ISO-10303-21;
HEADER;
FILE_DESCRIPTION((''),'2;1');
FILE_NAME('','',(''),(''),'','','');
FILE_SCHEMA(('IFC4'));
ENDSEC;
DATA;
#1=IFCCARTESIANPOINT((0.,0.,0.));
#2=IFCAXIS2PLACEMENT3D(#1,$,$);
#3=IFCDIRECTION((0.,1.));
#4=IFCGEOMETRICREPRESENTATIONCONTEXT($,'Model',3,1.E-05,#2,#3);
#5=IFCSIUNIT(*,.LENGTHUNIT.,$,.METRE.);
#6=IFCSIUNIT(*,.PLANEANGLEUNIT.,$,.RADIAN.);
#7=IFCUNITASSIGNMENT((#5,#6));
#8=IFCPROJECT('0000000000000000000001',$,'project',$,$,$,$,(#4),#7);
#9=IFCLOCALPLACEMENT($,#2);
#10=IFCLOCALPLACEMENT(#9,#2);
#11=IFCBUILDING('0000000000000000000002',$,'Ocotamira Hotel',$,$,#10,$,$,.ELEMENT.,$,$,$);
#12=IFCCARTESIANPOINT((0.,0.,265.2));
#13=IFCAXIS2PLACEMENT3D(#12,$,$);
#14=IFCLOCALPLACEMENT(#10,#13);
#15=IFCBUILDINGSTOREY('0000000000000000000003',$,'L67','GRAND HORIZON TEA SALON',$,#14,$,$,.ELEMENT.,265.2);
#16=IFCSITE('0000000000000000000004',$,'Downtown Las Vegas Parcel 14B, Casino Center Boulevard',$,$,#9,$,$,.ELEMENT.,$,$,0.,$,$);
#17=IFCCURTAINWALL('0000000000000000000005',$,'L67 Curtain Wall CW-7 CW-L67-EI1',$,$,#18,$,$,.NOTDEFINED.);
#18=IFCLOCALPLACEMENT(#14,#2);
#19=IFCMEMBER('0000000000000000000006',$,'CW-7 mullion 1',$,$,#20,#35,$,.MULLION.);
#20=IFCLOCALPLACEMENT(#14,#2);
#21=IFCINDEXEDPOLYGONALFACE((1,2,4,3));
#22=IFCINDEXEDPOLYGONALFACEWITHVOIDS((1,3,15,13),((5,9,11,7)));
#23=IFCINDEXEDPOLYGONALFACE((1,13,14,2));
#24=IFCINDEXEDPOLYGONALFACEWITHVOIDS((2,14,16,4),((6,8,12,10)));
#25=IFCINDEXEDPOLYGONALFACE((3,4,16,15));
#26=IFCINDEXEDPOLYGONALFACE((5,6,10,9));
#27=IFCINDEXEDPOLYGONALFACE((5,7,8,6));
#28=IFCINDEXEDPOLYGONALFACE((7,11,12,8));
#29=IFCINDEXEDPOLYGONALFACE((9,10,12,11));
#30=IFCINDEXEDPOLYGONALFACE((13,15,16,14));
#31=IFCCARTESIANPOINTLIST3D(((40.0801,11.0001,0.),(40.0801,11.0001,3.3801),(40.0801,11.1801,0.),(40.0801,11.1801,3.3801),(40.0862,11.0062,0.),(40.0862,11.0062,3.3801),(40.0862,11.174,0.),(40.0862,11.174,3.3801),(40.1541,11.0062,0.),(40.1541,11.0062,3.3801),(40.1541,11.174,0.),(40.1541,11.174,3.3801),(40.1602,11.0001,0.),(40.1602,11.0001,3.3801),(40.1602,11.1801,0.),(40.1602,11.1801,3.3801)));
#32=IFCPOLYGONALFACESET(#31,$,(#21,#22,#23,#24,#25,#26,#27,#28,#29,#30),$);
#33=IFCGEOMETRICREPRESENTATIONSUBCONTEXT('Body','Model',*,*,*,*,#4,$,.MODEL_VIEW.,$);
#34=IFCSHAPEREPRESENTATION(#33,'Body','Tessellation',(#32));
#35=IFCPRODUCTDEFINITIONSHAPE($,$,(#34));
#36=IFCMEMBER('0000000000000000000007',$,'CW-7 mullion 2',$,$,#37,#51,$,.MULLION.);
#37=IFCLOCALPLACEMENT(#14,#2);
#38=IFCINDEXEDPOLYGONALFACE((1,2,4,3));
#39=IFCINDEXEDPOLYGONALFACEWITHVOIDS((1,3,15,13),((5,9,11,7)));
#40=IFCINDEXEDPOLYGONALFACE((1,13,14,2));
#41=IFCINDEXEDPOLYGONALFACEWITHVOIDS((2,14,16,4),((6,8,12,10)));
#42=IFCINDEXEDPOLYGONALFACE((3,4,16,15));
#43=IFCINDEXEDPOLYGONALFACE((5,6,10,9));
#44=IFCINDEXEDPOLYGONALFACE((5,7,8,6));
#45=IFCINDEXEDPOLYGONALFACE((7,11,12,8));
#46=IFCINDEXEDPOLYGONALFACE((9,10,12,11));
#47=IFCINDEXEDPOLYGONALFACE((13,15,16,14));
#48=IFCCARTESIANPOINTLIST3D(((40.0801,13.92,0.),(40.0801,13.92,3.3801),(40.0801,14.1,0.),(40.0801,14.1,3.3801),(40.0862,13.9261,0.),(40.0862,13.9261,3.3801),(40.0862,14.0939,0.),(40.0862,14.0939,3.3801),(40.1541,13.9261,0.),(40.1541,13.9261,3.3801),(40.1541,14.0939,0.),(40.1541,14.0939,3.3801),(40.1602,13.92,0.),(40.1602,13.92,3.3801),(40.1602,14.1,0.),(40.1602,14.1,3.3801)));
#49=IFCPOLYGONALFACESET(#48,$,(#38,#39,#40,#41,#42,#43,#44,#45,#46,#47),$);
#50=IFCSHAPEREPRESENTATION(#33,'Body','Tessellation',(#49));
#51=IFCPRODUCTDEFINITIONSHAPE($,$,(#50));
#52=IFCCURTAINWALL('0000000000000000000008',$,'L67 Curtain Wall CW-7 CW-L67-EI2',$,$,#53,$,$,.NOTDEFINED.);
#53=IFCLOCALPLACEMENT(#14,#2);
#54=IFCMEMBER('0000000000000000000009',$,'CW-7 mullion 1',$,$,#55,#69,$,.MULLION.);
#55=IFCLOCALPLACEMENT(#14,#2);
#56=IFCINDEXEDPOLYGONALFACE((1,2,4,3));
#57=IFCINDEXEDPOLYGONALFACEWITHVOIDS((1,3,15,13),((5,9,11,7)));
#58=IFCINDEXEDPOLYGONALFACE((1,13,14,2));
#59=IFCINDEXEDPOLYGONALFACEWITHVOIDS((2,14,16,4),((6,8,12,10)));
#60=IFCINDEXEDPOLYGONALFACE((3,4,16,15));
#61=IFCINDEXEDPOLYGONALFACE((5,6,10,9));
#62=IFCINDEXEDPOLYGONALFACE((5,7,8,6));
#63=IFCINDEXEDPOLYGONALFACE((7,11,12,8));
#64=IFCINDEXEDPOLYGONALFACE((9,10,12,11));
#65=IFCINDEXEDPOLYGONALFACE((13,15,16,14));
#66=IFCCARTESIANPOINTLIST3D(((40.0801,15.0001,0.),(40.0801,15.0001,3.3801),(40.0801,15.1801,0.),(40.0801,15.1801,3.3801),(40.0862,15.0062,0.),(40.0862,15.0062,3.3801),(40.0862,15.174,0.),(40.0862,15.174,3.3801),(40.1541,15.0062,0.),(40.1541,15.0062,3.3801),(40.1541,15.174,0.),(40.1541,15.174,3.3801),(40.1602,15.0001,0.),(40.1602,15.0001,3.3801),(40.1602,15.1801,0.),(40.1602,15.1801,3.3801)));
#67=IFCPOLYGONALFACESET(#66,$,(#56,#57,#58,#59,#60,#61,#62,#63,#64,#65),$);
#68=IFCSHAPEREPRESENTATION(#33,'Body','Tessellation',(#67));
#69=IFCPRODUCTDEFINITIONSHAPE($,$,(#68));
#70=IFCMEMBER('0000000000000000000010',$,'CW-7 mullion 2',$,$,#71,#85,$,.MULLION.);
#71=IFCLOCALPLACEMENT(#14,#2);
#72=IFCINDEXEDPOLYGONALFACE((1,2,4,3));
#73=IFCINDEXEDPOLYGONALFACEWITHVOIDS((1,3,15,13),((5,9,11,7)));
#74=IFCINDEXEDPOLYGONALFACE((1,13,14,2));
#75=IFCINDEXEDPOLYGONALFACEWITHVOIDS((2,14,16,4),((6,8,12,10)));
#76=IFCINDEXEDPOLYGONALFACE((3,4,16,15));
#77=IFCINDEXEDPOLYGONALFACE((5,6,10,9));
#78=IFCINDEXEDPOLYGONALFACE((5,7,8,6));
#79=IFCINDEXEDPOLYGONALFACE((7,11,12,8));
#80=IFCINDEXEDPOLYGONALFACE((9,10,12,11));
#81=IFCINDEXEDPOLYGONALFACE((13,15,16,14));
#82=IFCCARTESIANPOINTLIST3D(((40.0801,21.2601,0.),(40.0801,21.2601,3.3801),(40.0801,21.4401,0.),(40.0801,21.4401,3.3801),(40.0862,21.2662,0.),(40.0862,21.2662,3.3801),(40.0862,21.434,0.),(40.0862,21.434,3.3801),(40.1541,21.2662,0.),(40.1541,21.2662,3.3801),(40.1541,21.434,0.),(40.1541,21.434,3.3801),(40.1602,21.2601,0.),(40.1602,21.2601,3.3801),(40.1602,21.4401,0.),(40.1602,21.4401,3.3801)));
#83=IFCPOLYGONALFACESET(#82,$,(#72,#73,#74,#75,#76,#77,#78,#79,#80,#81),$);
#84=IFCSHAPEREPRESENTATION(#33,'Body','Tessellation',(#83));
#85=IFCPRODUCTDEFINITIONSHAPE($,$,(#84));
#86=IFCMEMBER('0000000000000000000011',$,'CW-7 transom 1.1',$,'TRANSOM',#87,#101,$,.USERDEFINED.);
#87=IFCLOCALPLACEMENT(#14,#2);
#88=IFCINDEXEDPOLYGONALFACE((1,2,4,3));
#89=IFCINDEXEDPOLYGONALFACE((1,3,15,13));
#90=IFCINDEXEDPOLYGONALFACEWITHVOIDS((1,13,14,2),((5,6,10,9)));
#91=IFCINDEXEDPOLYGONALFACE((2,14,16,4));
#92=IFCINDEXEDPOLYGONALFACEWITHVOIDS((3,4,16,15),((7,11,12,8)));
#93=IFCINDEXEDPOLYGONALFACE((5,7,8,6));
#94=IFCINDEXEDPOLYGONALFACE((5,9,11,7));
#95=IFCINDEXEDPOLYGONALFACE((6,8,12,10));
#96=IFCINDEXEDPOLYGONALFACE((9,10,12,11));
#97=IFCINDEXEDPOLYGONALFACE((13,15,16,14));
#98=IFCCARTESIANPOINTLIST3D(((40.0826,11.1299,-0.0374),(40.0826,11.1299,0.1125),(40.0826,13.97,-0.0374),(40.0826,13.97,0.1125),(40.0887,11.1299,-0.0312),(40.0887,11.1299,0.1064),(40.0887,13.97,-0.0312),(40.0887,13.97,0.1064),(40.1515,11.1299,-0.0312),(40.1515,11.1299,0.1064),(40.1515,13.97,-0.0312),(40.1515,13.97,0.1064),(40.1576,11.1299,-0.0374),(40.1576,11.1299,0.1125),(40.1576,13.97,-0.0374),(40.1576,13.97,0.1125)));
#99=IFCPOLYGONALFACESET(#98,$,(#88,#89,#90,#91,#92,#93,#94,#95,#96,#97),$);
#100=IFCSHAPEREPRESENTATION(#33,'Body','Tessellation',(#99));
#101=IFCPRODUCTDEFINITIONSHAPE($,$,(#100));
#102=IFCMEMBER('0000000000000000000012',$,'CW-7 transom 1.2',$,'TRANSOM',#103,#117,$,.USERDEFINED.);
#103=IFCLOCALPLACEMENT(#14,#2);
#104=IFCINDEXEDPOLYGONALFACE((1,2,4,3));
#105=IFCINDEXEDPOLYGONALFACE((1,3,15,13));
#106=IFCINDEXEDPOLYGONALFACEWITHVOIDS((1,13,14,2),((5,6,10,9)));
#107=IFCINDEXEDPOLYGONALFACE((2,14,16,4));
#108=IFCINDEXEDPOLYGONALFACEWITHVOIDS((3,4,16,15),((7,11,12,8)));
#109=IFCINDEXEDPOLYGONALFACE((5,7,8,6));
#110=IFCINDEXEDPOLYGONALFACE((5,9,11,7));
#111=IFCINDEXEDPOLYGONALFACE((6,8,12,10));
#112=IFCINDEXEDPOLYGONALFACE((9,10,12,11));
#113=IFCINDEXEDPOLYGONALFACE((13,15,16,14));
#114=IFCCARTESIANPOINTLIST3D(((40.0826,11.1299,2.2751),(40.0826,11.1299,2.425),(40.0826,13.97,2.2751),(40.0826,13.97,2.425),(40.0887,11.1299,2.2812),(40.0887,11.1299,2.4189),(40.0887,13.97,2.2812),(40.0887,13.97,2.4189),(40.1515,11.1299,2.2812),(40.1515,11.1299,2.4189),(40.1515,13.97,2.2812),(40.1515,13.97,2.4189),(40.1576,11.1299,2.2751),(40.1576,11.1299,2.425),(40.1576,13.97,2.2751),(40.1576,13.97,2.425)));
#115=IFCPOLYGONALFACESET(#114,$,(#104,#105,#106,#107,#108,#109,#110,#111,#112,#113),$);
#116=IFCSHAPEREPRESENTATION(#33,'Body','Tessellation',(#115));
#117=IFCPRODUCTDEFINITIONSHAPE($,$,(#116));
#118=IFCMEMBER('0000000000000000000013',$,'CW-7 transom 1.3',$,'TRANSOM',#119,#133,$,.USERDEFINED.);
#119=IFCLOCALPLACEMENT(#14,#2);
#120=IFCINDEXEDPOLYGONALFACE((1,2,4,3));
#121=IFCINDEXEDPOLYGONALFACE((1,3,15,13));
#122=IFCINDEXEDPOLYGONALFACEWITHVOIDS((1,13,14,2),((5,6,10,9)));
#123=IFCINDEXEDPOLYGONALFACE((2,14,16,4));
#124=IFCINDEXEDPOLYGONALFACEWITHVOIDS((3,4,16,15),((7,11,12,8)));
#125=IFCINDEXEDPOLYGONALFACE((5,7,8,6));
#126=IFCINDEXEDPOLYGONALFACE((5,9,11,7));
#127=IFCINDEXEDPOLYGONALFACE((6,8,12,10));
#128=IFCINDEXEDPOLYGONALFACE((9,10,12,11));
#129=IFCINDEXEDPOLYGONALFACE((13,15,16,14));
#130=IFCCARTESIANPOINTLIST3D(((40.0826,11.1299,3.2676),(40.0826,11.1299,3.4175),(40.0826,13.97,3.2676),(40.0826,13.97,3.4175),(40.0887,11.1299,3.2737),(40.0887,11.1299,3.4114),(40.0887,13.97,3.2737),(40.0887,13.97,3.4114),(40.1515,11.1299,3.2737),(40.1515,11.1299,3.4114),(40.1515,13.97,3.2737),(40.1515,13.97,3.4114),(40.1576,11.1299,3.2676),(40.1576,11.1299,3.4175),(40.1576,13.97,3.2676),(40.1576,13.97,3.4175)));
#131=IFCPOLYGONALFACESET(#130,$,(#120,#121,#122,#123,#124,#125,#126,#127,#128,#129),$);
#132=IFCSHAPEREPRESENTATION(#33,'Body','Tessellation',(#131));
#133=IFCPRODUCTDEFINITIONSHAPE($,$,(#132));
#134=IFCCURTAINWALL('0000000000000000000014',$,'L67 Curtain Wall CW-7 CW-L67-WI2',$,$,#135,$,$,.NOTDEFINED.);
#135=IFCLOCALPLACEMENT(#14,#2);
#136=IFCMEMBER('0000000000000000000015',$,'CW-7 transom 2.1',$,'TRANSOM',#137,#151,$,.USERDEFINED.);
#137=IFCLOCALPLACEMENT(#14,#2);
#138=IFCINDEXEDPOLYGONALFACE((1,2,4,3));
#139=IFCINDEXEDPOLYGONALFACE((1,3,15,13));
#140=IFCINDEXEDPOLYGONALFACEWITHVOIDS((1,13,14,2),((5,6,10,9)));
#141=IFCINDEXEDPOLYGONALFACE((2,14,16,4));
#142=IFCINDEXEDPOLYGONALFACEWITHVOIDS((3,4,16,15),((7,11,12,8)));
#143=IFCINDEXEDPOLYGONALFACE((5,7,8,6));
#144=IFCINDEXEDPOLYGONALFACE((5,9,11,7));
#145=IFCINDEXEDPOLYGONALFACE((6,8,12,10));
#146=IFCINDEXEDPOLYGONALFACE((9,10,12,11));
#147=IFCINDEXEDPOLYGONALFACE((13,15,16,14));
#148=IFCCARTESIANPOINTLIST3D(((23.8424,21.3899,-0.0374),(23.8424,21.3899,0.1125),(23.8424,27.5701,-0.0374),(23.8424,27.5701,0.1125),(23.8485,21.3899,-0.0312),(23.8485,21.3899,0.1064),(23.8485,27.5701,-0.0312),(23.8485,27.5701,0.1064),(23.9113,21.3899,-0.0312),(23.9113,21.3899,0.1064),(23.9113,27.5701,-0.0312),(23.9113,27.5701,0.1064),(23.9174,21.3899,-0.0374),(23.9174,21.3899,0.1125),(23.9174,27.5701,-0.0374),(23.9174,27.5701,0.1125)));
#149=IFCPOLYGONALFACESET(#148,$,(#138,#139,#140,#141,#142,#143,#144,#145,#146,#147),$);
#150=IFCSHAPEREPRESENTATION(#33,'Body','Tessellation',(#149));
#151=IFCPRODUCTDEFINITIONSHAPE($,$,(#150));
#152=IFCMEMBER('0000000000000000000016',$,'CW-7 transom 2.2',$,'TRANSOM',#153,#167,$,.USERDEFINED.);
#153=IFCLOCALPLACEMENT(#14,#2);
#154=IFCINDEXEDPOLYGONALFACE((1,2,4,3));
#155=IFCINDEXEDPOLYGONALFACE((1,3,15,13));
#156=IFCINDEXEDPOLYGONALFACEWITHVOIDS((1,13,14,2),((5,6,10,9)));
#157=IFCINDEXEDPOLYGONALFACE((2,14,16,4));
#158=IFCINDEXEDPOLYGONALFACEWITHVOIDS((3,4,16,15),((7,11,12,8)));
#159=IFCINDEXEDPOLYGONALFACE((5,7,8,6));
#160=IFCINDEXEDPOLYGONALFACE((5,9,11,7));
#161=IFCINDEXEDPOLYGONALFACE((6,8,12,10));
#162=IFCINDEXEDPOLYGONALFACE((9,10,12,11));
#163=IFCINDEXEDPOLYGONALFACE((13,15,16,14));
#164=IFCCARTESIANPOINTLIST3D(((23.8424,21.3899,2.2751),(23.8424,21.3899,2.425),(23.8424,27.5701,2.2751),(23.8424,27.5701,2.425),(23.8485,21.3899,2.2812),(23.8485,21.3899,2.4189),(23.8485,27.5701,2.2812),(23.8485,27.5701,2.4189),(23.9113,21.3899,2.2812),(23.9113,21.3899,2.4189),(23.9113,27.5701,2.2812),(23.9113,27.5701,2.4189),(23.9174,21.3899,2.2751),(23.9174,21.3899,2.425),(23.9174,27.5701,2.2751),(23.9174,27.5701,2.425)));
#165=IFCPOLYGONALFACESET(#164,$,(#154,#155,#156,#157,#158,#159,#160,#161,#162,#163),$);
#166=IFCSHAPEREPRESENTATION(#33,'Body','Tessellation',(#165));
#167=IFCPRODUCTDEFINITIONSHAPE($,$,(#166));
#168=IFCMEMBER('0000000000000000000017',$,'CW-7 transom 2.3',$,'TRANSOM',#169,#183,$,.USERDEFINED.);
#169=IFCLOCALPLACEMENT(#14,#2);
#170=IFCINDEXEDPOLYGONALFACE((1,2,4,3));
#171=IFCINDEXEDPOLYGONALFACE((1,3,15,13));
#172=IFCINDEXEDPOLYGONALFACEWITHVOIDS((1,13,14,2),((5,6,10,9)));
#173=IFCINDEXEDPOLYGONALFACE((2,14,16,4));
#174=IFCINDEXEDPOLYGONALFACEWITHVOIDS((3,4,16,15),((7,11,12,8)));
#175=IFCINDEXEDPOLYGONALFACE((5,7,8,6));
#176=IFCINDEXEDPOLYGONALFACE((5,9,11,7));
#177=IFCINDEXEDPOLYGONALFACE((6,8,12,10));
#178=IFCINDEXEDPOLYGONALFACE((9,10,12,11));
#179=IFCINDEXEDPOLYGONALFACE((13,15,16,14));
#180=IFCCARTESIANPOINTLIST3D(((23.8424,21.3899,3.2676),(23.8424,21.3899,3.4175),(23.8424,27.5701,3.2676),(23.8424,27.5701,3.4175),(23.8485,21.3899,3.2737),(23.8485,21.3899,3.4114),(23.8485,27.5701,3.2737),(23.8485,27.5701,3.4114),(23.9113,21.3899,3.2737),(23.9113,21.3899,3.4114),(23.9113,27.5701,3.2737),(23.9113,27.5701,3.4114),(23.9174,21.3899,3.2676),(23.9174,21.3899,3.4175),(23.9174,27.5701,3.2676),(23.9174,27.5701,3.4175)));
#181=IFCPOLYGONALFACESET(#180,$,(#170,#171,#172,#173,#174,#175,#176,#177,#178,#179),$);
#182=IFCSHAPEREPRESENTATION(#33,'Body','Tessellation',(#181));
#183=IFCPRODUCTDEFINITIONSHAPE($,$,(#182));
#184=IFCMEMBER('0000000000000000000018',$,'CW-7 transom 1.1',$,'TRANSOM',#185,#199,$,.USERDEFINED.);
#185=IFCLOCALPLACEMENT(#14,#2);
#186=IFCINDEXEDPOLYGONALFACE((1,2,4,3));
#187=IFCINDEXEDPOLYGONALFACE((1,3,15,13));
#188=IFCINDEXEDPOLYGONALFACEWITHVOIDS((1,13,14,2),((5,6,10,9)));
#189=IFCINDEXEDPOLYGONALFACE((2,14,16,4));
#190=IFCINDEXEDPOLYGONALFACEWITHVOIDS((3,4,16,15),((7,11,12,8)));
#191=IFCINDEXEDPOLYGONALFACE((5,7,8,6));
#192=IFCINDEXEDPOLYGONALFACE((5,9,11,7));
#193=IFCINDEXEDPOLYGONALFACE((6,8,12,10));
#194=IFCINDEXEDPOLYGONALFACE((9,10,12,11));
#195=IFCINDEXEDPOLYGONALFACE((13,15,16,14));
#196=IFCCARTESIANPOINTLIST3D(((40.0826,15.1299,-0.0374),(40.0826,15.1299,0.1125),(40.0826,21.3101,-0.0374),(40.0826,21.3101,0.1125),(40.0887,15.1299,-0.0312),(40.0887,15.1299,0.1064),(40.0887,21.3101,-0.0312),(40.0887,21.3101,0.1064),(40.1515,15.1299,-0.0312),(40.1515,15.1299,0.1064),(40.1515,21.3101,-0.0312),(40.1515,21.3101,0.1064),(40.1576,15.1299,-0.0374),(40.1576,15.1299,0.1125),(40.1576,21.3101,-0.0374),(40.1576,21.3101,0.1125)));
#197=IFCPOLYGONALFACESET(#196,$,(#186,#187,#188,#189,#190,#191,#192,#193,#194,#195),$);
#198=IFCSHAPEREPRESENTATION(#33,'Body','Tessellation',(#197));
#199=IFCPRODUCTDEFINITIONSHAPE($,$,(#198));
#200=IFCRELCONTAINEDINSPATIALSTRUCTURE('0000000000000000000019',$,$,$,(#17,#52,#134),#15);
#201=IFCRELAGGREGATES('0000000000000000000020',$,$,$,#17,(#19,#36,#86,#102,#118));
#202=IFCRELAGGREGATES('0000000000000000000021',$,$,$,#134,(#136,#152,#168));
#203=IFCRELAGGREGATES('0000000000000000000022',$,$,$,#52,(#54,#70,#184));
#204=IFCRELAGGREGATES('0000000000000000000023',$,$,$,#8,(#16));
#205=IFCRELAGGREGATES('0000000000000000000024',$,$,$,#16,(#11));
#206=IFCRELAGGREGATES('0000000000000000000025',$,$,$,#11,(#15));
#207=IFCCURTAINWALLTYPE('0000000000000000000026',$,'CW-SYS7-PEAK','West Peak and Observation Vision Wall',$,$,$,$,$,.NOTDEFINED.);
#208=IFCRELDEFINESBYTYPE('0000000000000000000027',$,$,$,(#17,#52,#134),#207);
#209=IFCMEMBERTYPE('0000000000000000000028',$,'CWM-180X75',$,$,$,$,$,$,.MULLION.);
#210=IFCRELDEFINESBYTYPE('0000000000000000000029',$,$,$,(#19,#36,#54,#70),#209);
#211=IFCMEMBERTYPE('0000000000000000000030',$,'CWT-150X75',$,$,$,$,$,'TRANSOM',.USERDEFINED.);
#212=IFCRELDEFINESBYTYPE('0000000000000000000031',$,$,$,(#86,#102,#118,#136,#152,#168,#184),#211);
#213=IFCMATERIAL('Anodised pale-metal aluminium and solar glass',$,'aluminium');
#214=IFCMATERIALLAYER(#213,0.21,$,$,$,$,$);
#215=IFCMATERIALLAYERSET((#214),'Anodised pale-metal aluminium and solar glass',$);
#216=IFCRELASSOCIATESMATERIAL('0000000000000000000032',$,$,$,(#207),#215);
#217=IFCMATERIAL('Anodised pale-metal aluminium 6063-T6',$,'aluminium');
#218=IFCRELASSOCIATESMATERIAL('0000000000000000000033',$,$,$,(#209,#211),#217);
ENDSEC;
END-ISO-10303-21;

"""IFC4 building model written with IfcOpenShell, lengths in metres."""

from ifc_helpers import new_model, si_unit, direction, frame, origin, origin_2d, place, context, subcontext, project, spatial, hollow_rectangle, extrude, source, transform, mapped, material, layer, layer_set, material_profile, profile_set, type_object, element, aggregate, save


model = new_model("IFC4")

# Units and contexts
model_context = context("Model", 3, precision=1e-05, world=origin(), true_north=direction((0.0, 1.0)))
body_context = subcontext(model_context, "Body", "Model", "MODEL_VIEW")
ifc_project = project(units=[si_unit("LENGTHUNIT", "METRE"), si_unit("PLANEANGLEUNIT", "RADIAN")], contexts=[model_context])

# Site, building, storey
site_placement = place(None, origin())
site = spatial("IfcSite", under=ifc_project, at=site_placement, Name="Downtown Las Vegas Parcel 14B, Casino Center Boulevard", CompositionType="ELEMENT", RefElevation=0.0)
building_placement = place(site_placement, origin())
building = spatial("IfcBuilding", under=site, at=building_placement, Name="Ocotamira Hotel", CompositionType="ELEMENT")
storey_placement = place(building_placement, frame((0.0, 0.0, 265.2)))
storey = spatial("IfcBuildingStorey", under=building, at=storey_placement, Name="L67", Description="GRAND HORIZON TEA SALON", CompositionType="ELEMENT", Elevation=265.2)

# Curtain walls, members
ifc_material_1 = material(Name="Anodised pale-metal aluminium and solar glass", Category="aluminium")
ifc_layer_1 = layer(ifc_material_1, 0.21)
ifc_layer_set_1 = layer_set([ifc_layer_1], Name="Anodised pale-metal aluminium and solar glass")
curtain_wall_type = type_object("IfcCurtainWallType", Name="CW-SYS7-PEAK", Description="West Peak and Observation Vision Wall", PredefinedType="NOTDEFINED", material=ifc_layer_set_1)
curtain_wall_1_placement = place(storey_placement, origin())
curtain_wall_1 = element("IfcCurtainWall", 1, at=curtain_wall_1_placement, inside=storey, type_object=curtain_wall_type, Name="L67 Curtain Wall CW-7 CW-L67-EI1", PredefinedType="NOTDEFINED")
ifc_material_2 = material(Name="Anodised pale-metal aluminium 6063-T6", Category="aluminium")
ifc_material_profile_1 = material_profile(ifc_material_2, hollow_rectangle(XDim=0.0801, YDim=0.1799, WallThickness=0.0061, at=origin_2d()), Name="HSS180X80X6")
ifc_profile_set_1 = profile_set([ifc_material_profile_1], Name="Anodised pale-metal aluminium 6063-T6")
member_type_1 = type_object("IfcMemberType", Name="CWM-180X75", PredefinedType="MULLION", material=ifc_profile_set_1)
shared_shape_1 = source(origin(), body_context, "Body", "SweptSolid", [
    extrude(hollow_rectangle(XDim=0.0801, YDim=0.1799, WallThickness=0.0061, at=origin_2d()), origin(), (0.0, 0.0, 1.0), 3.3801),
])
member_1_placement = place(storey_placement, frame((40.1201, 11.0901, 0.0), z_axis=(0.0, 0.0, 1.0), x_axis=(-1.0, 0.0, 0.0)))
member_1 = element("IfcMember", 2, at=member_1_placement, type_object=member_type_1, Name="CW-7 mullion 1", PredefinedType="MULLION", context=body_context, shape_type="MappedRepresentation", body=[
    mapped(shared_shape_1, transform((0.0, 0.0, 0.0), scale=1.0)),
])
member_2_placement = place(storey_placement, frame((40.1201, 14.01, 0.0), z_axis=(0.0, 0.0, 1.0), x_axis=(-1.0, 0.0, 0.0)))
member_2 = element("IfcMember", 3, at=member_2_placement, type_object=member_type_1, Name="CW-7 mullion 2", PredefinedType="MULLION", context=body_context, shape_type="MappedRepresentation", body=[
    mapped(shared_shape_1, transform((0.0, 0.0, 0.0), scale=1.0)),
])
curtain_wall_2_placement = place(storey_placement, origin())
curtain_wall_2 = element("IfcCurtainWall", 4, at=curtain_wall_2_placement, inside=storey, type_object=curtain_wall_type, Name="L67 Curtain Wall CW-7 CW-L67-EI2", PredefinedType="NOTDEFINED")
member_3_placement = place(storey_placement, frame((40.1201, 15.0901, 0.0), z_axis=(0.0, 0.0, 1.0), x_axis=(-1.0, 0.0, 0.0)))
member_3 = element("IfcMember", 5, at=member_3_placement, type_object=member_type_1, Name="CW-7 mullion 1", PredefinedType="MULLION", context=body_context, shape_type="MappedRepresentation", body=[
    mapped(shared_shape_1, transform((0.0, 0.0, 0.0), scale=1.0)),
])
member_4_placement = place(storey_placement, frame((40.1201, 21.3501, 0.0), z_axis=(0.0, 0.0, 1.0), x_axis=(-1.0, 0.0, 0.0)))
member_4 = element("IfcMember", 6, at=member_4_placement, type_object=member_type_1, Name="CW-7 mullion 2", PredefinedType="MULLION", context=body_context, shape_type="MappedRepresentation", body=[
    mapped(shared_shape_1, transform((0.0, 0.0, 0.0), scale=1.0)),
])

# Members
ifc_material_profile_2 = material_profile(ifc_material_2, hollow_rectangle(XDim=0.075, YDim=0.1499, WallThickness=0.0061, at=origin_2d()), Name="HSS150X75X6")
ifc_profile_set_2 = profile_set([ifc_material_profile_2], Name="Anodised pale-metal aluminium 6063-T6")
member_type_2 = type_object("IfcMemberType", Name="CWT-150X75", ElementType="TRANSOM", PredefinedType="USERDEFINED", material=ifc_profile_set_2)
shared_shape_2 = source(origin(), body_context, "Body", "SweptSolid", [
    extrude(hollow_rectangle(XDim=0.075, YDim=0.1499, WallThickness=0.0061, at=origin_2d()), origin(), (0.0, 0.0, 1.0), 2.8401),
])
member_5_placement = place(storey_placement, frame((40.1201, 11.1299, 0.0376), z_axis=(0.0, 1.0, 0.0), x_axis=(-1.0, 0.0, 0.0)))
member_5 = element("IfcMember", 7, at=member_5_placement, type_object=member_type_2, Name="CW-7 transom 1.1", ObjectType="TRANSOM", PredefinedType="USERDEFINED", context=body_context, shape_type="MappedRepresentation", body=[
    mapped(shared_shape_2, transform((0.0, 0.0, 0.0), scale=1.0)),
])
member_6_placement = place(storey_placement, frame((40.1201, 11.1299, 2.3501), z_axis=(0.0, 1.0, 0.0), x_axis=(-1.0, 0.0, 0.0)))
member_6 = element("IfcMember", 8, at=member_6_placement, type_object=member_type_2, Name="CW-7 transom 1.2", ObjectType="TRANSOM", PredefinedType="USERDEFINED", context=body_context, shape_type="MappedRepresentation", body=[
    mapped(shared_shape_2, transform((0.0, 0.0, 0.0), scale=1.0)),
])
member_7_placement = place(storey_placement, frame((40.1201, 11.1299, 3.3425), z_axis=(0.0, 1.0, 0.0), x_axis=(-1.0, 0.0, 0.0)))
member_7 = element("IfcMember", 9, at=member_7_placement, type_object=member_type_2, Name="CW-7 transom 1.3", ObjectType="TRANSOM", PredefinedType="USERDEFINED", context=body_context, shape_type="MappedRepresentation", body=[
    mapped(shared_shape_2, transform((0.0, 0.0, 0.0), scale=1.0)),
])

# Curtain wall, members
curtain_wall_3_placement = place(storey_placement, origin())
curtain_wall_3 = element("IfcCurtainWall", 10, at=curtain_wall_3_placement, inside=storey, type_object=curtain_wall_type, Name="L67 Curtain Wall CW-7 CW-L67-WI2", PredefinedType="NOTDEFINED")
shared_shape_3 = source(origin(), body_context, "Body", "SweptSolid", [
    extrude(hollow_rectangle(XDim=0.075, YDim=0.1499, WallThickness=0.0061, at=origin_2d()), origin(), (0.0, 0.0, 1.0), 6.1802),
])
member_8_placement = place(storey_placement, frame((23.8799, 21.3899, 0.0376), z_axis=(0.0, 1.0, 0.0), x_axis=(-1.0, 0.0, 0.0)))
member_8 = element("IfcMember", 11, at=member_8_placement, type_object=member_type_2, Name="CW-7 transom 2.1", ObjectType="TRANSOM", PredefinedType="USERDEFINED", context=body_context, shape_type="MappedRepresentation", body=[
    mapped(shared_shape_3, transform((0.0, 0.0, 0.0), scale=1.0)),
])
member_9_placement = place(storey_placement, frame((23.8799, 21.3899, 2.3501), z_axis=(0.0, 1.0, 0.0), x_axis=(-1.0, 0.0, 0.0)))
member_9 = element("IfcMember", 12, at=member_9_placement, type_object=member_type_2, Name="CW-7 transom 2.2", ObjectType="TRANSOM", PredefinedType="USERDEFINED", context=body_context, shape_type="MappedRepresentation", body=[
    mapped(shared_shape_3, transform((0.0, 0.0, 0.0), scale=1.0)),
])
member_10_placement = place(storey_placement, frame((23.8799, 21.3899, 3.3425), z_axis=(0.0, 1.0, 0.0), x_axis=(-1.0, 0.0, 0.0)))
member_10 = element("IfcMember", 13, at=member_10_placement, type_object=member_type_2, Name="CW-7 transom 2.3", ObjectType="TRANSOM", PredefinedType="USERDEFINED", context=body_context, shape_type="MappedRepresentation", body=[
    mapped(shared_shape_3, transform((0.0, 0.0, 0.0), scale=1.0)),
])

# Member
member_11_placement = place(storey_placement, frame((40.1201, 15.1299, 0.0376), z_axis=(0.0, 1.0, 0.0), x_axis=(-1.0, 0.0, 0.0)))
member_11 = element("IfcMember", 14, at=member_11_placement, type_object=member_type_2, Name="CW-7 transom 1.1", ObjectType="TRANSOM", PredefinedType="USERDEFINED", context=body_context, shape_type="MappedRepresentation", body=[
    mapped(shared_shape_3, transform((0.0, 0.0, 0.0), scale=1.0)),
])

aggregate(curtain_wall_1, [member_1, member_2, member_5, member_6, member_7])
aggregate(curtain_wall_3, [member_8, member_9, member_10])
aggregate(curtain_wall_2, [member_3, member_4, member_11])

save(model, "model.ifc")
